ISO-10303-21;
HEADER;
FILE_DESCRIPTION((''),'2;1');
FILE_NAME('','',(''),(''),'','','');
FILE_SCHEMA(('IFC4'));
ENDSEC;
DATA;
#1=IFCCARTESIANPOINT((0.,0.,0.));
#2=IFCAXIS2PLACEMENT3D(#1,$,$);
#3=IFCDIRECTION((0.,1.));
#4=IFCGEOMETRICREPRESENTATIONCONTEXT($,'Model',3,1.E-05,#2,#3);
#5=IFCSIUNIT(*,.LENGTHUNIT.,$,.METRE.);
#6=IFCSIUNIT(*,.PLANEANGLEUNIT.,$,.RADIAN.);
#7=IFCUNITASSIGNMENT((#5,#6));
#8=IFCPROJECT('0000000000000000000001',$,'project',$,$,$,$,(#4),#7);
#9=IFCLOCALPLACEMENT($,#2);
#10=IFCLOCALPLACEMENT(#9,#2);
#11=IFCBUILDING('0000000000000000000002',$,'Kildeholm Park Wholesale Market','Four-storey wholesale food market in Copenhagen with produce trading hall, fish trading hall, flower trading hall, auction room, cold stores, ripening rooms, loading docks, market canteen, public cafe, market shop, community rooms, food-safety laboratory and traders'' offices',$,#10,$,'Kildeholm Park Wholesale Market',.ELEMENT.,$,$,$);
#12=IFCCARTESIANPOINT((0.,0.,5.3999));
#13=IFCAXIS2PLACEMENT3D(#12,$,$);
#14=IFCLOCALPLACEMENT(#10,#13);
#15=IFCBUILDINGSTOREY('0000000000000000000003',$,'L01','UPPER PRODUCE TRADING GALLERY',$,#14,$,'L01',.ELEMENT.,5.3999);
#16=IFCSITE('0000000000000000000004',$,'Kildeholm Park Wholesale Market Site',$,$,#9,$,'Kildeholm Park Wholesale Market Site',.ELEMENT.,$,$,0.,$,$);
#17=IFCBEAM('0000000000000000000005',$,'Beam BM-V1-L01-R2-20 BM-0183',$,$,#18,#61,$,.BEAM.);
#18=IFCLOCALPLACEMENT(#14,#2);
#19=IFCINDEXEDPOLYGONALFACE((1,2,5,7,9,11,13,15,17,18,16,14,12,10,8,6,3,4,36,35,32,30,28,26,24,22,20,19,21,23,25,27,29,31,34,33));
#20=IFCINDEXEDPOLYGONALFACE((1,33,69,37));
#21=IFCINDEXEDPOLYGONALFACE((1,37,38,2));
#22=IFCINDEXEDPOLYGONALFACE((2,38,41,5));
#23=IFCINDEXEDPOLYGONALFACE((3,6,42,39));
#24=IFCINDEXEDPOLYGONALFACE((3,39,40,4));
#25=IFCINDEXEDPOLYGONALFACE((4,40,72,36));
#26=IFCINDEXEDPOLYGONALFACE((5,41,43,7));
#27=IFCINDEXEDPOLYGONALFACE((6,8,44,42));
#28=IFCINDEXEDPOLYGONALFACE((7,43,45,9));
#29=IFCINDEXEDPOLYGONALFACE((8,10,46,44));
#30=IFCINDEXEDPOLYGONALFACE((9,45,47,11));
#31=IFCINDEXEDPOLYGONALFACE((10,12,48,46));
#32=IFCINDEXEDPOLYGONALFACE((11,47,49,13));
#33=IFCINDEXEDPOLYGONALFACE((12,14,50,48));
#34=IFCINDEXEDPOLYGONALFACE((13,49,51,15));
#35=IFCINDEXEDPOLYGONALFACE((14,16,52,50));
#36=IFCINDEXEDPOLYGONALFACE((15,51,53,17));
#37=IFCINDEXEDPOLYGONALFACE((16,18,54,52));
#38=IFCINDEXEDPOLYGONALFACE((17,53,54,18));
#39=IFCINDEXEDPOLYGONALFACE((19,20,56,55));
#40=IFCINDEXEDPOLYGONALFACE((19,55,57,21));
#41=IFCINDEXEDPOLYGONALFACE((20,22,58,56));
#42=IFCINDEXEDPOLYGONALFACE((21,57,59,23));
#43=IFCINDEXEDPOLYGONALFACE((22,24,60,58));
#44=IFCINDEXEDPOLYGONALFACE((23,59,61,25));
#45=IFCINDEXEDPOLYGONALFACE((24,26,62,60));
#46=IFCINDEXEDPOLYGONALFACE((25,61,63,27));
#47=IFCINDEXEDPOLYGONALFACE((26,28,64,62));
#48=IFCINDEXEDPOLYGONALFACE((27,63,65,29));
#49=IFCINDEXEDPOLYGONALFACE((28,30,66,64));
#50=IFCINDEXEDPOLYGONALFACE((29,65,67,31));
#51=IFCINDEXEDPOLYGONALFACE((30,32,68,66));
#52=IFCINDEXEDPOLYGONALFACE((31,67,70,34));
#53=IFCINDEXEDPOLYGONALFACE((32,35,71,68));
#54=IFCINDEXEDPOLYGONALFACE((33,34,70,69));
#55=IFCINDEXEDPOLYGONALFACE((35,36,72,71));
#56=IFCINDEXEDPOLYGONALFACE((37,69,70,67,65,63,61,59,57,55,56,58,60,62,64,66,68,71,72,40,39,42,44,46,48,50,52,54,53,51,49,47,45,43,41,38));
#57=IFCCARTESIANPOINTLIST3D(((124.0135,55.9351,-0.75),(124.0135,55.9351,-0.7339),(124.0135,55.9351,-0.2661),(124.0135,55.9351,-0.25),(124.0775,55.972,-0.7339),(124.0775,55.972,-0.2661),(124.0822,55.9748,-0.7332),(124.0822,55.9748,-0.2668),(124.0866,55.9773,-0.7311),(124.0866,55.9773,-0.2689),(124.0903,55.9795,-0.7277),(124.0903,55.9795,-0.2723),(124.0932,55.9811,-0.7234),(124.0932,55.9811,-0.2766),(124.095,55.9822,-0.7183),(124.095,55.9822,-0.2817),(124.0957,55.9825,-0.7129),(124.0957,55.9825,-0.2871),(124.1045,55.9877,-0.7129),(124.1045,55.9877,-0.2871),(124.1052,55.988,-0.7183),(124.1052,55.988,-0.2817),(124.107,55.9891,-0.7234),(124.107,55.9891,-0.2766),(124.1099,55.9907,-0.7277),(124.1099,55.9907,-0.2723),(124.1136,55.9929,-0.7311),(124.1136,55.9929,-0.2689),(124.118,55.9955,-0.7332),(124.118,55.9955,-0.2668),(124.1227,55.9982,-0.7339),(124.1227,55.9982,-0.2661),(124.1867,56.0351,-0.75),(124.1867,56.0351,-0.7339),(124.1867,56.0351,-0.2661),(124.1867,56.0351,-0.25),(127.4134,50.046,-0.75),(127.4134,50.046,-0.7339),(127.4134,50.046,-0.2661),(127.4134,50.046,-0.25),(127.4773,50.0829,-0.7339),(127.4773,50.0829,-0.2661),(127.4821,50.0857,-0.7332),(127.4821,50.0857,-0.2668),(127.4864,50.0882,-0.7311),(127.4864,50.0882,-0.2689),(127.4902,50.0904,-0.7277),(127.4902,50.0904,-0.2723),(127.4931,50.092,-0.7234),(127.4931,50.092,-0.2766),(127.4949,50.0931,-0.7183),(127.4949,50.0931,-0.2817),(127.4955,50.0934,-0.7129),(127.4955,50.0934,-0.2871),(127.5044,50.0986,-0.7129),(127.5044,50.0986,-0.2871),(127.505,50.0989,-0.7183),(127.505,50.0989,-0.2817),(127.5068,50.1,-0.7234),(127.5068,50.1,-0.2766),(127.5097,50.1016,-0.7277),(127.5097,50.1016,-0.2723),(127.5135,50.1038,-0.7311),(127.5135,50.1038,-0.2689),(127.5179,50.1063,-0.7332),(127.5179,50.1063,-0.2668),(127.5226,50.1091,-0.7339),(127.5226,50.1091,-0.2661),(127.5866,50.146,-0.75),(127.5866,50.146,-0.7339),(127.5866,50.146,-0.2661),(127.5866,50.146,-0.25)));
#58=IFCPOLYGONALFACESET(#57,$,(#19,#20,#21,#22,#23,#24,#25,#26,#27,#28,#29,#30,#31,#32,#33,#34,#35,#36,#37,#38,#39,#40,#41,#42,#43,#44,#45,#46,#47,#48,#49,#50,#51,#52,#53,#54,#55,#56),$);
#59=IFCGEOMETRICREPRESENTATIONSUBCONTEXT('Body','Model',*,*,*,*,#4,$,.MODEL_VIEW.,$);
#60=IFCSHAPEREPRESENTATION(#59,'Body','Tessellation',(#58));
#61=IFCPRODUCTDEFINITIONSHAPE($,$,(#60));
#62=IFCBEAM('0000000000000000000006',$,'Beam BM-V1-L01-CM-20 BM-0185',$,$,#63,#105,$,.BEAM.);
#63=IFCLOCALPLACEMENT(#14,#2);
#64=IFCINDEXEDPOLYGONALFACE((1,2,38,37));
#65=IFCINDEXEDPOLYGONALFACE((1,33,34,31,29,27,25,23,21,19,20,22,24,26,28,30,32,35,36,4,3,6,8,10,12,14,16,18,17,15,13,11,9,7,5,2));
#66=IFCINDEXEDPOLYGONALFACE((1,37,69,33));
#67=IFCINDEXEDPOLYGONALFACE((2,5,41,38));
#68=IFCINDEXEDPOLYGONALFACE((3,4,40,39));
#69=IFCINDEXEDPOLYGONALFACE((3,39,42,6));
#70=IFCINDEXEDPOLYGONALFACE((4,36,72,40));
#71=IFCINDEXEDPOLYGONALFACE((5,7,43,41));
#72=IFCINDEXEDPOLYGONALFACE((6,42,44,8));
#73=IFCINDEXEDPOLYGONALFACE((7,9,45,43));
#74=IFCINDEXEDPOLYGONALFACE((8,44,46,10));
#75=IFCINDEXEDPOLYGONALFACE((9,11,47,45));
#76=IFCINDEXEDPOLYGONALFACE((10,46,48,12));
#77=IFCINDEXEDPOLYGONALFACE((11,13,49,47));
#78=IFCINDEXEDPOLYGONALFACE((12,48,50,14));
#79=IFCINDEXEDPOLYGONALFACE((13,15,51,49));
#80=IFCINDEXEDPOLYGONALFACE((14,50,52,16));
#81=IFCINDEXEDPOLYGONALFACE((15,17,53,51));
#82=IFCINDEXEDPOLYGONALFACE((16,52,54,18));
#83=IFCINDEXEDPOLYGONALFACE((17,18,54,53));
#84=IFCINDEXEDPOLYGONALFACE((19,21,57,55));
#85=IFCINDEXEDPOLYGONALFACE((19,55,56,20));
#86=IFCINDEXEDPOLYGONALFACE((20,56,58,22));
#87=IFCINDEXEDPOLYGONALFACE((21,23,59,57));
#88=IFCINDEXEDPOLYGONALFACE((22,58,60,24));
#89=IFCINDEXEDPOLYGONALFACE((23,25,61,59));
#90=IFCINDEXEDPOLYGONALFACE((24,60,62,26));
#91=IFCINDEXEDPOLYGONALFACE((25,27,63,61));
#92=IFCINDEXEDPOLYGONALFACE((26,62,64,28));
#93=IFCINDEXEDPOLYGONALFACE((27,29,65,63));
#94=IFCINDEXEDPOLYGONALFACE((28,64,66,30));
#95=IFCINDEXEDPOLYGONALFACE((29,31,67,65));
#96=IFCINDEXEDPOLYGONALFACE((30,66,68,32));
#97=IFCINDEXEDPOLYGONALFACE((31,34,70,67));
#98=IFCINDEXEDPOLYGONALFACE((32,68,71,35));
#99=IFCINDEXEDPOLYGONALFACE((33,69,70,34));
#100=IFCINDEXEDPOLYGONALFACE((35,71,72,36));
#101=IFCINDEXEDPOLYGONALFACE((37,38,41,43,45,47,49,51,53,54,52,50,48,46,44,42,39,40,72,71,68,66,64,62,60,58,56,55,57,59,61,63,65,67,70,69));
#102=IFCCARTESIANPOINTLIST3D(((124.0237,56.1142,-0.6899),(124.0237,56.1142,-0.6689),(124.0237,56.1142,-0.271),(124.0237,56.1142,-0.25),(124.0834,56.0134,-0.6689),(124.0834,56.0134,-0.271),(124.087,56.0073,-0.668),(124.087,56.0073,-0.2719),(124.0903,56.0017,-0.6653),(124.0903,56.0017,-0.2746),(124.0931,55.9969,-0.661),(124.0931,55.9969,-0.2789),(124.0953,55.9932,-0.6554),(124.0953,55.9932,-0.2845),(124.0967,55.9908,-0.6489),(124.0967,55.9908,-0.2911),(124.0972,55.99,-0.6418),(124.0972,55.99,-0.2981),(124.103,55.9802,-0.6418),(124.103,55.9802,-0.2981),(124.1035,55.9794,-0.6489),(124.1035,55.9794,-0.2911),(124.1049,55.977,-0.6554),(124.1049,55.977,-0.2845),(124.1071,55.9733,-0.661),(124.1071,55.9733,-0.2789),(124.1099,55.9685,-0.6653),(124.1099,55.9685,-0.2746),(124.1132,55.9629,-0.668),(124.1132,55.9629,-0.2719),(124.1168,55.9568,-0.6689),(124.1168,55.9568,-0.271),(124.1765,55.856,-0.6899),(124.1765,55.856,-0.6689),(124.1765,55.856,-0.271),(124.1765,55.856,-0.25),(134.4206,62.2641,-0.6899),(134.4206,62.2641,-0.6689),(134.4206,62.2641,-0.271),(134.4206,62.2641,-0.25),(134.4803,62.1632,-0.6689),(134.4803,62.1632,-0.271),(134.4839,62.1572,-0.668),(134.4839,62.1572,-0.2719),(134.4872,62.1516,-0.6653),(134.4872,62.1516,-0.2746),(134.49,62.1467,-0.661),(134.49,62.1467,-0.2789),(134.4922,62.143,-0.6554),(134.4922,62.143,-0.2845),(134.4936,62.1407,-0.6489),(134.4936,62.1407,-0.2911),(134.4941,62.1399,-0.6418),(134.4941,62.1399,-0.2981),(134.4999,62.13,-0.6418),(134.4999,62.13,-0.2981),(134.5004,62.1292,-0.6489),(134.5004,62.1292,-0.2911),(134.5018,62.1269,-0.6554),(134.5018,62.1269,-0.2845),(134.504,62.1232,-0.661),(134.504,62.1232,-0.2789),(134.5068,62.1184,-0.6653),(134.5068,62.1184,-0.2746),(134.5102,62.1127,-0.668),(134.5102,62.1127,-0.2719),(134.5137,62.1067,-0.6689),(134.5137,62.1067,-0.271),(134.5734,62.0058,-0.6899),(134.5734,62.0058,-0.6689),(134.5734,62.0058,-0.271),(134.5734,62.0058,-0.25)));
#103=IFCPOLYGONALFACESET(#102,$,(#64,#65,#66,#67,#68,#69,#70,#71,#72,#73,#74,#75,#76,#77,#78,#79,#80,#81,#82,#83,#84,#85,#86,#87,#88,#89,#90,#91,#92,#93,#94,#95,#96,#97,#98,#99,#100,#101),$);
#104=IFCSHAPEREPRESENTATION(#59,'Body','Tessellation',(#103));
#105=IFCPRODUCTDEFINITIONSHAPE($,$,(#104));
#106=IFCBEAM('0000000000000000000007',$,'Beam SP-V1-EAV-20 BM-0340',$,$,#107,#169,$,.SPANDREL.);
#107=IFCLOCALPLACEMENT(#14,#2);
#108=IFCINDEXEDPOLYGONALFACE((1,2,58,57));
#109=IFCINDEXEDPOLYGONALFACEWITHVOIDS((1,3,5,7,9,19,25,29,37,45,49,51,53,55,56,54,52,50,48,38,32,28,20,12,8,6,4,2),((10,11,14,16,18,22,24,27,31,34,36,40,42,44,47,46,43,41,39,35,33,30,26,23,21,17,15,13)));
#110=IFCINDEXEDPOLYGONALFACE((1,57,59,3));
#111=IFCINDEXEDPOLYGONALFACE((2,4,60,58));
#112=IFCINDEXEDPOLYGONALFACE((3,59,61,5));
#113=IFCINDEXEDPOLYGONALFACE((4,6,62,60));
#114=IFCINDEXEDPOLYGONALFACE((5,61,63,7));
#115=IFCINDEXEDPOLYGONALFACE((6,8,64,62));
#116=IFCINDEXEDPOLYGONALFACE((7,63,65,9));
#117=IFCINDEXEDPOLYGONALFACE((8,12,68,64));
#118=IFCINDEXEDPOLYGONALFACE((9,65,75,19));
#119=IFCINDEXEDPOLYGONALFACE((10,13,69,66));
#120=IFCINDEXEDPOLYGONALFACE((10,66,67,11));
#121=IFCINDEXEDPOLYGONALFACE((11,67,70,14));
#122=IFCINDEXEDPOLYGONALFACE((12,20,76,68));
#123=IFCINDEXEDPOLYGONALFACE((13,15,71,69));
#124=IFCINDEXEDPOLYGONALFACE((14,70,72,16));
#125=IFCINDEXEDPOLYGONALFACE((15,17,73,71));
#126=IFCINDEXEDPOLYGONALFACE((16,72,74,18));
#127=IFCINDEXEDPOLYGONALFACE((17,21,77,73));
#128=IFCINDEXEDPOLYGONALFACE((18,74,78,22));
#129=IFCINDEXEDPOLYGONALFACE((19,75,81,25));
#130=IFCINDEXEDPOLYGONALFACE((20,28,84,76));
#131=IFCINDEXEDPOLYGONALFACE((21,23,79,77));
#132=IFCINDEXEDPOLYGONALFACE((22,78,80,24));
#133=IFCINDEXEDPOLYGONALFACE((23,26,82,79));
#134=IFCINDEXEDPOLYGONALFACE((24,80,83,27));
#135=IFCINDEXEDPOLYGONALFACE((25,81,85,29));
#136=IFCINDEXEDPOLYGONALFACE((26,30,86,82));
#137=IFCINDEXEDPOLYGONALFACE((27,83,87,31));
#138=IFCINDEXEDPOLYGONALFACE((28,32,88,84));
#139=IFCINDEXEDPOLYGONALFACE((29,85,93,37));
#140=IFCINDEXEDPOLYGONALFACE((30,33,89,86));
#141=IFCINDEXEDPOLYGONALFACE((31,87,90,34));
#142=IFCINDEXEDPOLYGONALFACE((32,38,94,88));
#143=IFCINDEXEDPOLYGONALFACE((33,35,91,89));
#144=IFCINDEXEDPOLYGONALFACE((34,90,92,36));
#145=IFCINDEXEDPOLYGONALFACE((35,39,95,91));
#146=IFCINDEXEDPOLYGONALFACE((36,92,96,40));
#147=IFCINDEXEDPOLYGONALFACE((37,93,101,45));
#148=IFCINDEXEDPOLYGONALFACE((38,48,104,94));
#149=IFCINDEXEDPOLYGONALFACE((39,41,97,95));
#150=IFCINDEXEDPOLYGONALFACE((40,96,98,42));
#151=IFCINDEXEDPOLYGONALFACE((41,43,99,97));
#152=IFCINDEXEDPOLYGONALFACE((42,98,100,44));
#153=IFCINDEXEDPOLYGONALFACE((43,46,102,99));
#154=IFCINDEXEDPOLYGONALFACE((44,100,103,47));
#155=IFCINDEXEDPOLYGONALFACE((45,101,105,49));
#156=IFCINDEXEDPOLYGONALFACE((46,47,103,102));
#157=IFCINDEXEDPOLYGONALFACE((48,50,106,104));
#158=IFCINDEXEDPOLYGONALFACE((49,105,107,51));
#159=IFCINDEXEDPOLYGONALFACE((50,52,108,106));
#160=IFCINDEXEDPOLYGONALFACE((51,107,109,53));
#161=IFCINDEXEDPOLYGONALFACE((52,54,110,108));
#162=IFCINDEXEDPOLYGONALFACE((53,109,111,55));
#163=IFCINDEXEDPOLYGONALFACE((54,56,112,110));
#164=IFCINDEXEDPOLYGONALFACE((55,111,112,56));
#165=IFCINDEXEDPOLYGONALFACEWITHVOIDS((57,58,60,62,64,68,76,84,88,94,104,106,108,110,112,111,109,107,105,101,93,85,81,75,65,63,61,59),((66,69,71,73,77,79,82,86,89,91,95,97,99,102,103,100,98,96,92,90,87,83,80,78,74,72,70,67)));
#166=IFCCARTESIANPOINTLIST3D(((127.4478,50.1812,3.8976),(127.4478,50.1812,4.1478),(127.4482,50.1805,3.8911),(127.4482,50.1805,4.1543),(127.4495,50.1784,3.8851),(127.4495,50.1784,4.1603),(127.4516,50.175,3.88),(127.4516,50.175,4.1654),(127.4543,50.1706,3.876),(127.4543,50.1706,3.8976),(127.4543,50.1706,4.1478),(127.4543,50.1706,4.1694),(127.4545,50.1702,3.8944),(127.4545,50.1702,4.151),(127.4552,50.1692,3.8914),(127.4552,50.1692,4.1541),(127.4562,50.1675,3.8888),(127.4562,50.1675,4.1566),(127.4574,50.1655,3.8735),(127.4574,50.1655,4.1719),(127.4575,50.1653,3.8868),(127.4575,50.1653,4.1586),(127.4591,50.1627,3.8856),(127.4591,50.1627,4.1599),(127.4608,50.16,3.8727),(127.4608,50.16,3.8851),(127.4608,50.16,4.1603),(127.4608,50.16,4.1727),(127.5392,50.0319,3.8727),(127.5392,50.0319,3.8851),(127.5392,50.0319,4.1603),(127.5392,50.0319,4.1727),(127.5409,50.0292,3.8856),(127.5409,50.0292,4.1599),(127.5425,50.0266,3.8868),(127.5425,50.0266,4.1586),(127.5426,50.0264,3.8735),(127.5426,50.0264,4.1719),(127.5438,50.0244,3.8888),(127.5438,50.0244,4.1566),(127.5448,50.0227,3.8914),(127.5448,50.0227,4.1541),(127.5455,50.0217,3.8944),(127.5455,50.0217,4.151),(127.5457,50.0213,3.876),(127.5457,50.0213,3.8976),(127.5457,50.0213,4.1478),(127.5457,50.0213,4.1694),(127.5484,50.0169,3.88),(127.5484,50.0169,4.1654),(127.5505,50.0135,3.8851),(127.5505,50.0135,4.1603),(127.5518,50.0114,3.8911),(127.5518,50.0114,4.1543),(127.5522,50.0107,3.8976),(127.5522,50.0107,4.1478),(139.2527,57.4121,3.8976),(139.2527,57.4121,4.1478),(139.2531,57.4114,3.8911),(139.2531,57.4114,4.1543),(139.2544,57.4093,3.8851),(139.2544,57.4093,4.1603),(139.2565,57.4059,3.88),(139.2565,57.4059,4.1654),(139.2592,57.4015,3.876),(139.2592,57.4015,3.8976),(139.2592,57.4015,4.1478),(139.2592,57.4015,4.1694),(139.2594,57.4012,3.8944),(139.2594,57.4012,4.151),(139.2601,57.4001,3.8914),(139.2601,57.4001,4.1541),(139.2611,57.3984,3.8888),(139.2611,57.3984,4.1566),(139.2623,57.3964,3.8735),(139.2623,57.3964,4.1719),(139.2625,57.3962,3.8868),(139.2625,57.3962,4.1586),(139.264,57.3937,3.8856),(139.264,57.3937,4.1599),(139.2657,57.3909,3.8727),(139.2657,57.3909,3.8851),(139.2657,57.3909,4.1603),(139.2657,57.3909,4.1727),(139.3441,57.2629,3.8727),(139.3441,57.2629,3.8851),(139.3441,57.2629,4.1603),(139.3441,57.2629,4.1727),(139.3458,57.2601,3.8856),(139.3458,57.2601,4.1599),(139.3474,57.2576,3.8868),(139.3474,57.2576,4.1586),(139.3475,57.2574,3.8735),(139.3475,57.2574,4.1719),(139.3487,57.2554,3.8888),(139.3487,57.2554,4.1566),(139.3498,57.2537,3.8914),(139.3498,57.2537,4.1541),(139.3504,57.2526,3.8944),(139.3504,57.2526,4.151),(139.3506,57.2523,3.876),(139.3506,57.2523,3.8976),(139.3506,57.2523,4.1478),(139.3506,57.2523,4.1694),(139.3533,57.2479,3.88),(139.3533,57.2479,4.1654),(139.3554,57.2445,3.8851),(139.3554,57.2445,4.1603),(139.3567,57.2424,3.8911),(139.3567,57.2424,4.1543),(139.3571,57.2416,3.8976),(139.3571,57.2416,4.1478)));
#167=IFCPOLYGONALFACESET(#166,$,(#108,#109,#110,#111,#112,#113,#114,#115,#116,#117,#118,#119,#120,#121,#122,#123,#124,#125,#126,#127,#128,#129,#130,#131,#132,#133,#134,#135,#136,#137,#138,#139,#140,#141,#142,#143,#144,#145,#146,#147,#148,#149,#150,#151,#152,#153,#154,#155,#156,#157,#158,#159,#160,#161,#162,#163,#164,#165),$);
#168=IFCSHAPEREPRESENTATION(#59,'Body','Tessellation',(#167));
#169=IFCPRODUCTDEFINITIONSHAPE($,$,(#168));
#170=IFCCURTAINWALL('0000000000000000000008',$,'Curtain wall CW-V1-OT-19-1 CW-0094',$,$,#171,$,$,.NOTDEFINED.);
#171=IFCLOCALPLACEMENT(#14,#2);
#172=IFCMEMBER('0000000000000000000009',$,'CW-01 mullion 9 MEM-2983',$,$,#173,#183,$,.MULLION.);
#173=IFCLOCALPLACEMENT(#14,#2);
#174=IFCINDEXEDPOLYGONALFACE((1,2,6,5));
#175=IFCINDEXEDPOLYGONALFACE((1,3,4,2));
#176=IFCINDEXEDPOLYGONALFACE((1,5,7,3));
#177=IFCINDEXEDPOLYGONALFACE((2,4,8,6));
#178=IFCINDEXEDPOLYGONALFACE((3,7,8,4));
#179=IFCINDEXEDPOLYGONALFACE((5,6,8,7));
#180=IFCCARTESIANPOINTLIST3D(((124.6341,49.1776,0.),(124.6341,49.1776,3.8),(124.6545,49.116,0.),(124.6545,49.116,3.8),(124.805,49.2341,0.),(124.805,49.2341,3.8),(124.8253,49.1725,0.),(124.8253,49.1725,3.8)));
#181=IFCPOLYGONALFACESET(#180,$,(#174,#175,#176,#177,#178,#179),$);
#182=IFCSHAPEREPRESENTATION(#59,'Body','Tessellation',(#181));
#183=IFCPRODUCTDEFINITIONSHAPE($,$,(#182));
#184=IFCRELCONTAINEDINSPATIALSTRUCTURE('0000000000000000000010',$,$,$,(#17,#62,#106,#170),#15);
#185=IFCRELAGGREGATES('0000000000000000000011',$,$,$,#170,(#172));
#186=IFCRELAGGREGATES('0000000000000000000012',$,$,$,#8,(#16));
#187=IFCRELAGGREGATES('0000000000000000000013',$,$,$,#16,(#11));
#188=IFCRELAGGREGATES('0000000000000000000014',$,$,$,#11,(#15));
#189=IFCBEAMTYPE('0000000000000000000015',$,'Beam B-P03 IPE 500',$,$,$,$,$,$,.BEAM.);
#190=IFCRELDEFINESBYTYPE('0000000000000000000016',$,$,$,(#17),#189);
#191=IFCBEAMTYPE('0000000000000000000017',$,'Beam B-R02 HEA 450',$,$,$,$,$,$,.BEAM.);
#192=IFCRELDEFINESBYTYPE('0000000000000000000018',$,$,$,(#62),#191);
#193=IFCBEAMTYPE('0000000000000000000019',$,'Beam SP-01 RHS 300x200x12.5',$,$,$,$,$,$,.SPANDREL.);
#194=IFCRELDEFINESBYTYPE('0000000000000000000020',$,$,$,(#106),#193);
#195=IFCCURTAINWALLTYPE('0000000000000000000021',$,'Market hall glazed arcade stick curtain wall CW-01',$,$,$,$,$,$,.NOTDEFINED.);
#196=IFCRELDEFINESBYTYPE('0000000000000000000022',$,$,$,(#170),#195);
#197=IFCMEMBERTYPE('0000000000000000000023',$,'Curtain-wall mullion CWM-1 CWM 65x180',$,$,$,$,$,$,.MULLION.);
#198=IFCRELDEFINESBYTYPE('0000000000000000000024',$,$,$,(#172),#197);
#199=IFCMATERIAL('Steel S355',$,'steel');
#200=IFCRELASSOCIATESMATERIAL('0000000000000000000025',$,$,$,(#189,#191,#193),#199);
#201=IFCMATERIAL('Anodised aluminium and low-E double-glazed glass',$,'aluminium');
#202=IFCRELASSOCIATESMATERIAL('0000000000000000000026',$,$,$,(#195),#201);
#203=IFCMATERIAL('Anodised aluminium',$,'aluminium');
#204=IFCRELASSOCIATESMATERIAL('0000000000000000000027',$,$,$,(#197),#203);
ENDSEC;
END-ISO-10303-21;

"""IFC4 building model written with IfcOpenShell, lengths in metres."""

from ifc_helpers import new_model, si_unit, direction, frame, origin, origin_2d, place, context, subcontext, project, spatial, rectangle, hollow_rectangle, i_section, extrude, material, material_profile, profile_set, type_object, element, aggregate, save


model = new_model("IFC4")

# Units and contexts
model_context = context("Model", 3, precision=1e-05, world=origin(), true_north=direction((0.0, 1.0)))
body_context = subcontext(model_context, "Body", "Model", "MODEL_VIEW")
ifc_project = project(units=[si_unit("LENGTHUNIT", "METRE"), si_unit("PLANEANGLEUNIT", "RADIAN")], contexts=[model_context])

# Site, building, storey
site_placement = place(None, origin())
site = spatial("IfcSite", under=ifc_project, at=site_placement, Name="Kildeholm Park Wholesale Market Site", LongName="Kildeholm Park Wholesale Market Site", CompositionType="ELEMENT", RefElevation=0.0)
building_placement = place(site_placement, origin())
building = spatial("IfcBuilding", under=site, at=building_placement, Name="Kildeholm Park Wholesale Market", Description="Four-storey wholesale food market in Copenhagen with produce trading hall, fish trading hall, flower trading hall, auction room, cold stores, ripening rooms, loading docks, market canteen, public cafe, market shop, community rooms, food-safety laboratory and traders' offices", LongName="Kildeholm Park Wholesale Market", CompositionType="ELEMENT")
storey_placement = place(building_placement, frame((0.0, 0.0, 5.3999)))
storey = spatial("IfcBuildingStorey", under=building, at=storey_placement, Name="L01", Description="UPPER PRODUCE TRADING GALLERY", LongName="L01", CompositionType="ELEMENT", Elevation=5.3999)

# Shared definitions
ifc_material_1 = material(Name="Steel S355", Category="steel")

# Beams
ifc_material_profile_1 = material_profile(ifc_material_1, i_section(OverallWidth=0.2, OverallDepth=0.5, WebThickness=0.0103, FlangeThickness=0.0161, FilletRadius=0.021, at=origin_2d()), Name="IPE 500")
ifc_profile_set_1 = profile_set([ifc_material_profile_1], Name="Steel S355")
beam_type_1 = type_object("IfcBeamType", Name="Beam B-P03 IPE 500", PredefinedType="BEAM", material=ifc_profile_set_1)
beam_1_placement = place(storey_placement, frame((124.1001, 55.9851, -0.5), z_axis=(0.499977, -0.866039, 0.0), x_axis=(0.866039, 0.499977, 0.0)))
element("IfcBeam", 1, at=beam_1_placement, inside=storey, type_object=beam_type_1, Name="Beam BM-V1-L01-R2-20 BM-0183", PredefinedType="BEAM", context=body_context, shape_type="SweptSolid", body=[
    extrude(i_section(OverallWidth=0.2, OverallDepth=0.5, WebThickness=0.0103, FlangeThickness=0.0161, FilletRadius=0.021, at=origin_2d()), origin(), (0.0, 0.0, 1.0), 6.8),
])
ifc_material_profile_2 = material_profile(ifc_material_1, i_section(OverallWidth=0.3, OverallDepth=0.4399, WebThickness=0.0115, FlangeThickness=0.021, FilletRadius=0.0271, at=origin_2d()), Name="HEA 450")
ifc_profile_set_2 = profile_set([ifc_material_profile_2], Name="Steel S355")
beam_type_2 = type_object("IfcBeamType", Name="Beam B-R02 HEA 450", PredefinedType="BEAM", material=ifc_profile_set_2)
beam_2_placement = place(storey_placement, frame((124.1001, 55.9851, -0.47), z_axis=(0.8607, 0.509112, 0.0), x_axis=(-0.509112, 0.8607, 0.0)))
element("IfcBeam", 2, at=beam_2_placement, inside=storey, type_object=beam_type_2, Name="Beam BM-V1-L01-CM-20 BM-0185", PredefinedType="BEAM", context=body_context, shape_type="SweptSolid", body=[
    extrude(i_section(OverallWidth=0.3, OverallDepth=0.4399, WebThickness=0.0115, FlangeThickness=0.021, FilletRadius=0.0271, at=origin_2d()), origin(), (0.0, 0.0, 1.0), 12.0796),
])
ifc_material_profile_3 = material_profile(ifc_material_1, hollow_rectangle(XDim=0.2, YDim=0.3, WallThickness=0.0125, InnerFilletRadius=0.0125, OuterFilletRadius=0.0249, at=origin_2d()), Name="RHS 300x200x12.5")
ifc_profile_set_3 = profile_set([ifc_material_profile_3], Name="Steel S355")
beam_type_3 = type_object("IfcBeamType", Name="Beam SP-01 RHS 300x200x12.5", PredefinedType="SPANDREL", material=ifc_profile_set_3)
beam_3_placement = place(storey_placement, frame((127.5, 50.0959, 4.0227), z_axis=(0.85274, 0.522335, 0.0), x_axis=(-0.522335, 0.85274, 0.0)))
element("IfcBeam", 3, at=beam_3_placement, inside=storey, type_object=beam_type_3, Name="Beam SP-V1-EAV-20 BM-0340", PredefinedType="SPANDREL", context=body_context, shape_type="SweptSolid", body=[
    extrude(hollow_rectangle(XDim=0.2, YDim=0.3, WallThickness=0.0125, InnerFilletRadius=0.0125, OuterFilletRadius=0.0249, at=origin_2d()), origin(), (0.0, 0.0, 1.0), 13.8435),
])

# Curtain wall, member
ifc_material_2 = material(Name="Anodised aluminium and low-E double-glazed glass", Category="aluminium")
curtain_wall_type = type_object("IfcCurtainWallType", Name="Market hall glazed arcade stick curtain wall CW-01", PredefinedType="NOTDEFINED", material=ifc_material_2)
curtain_wall_1_placement = place(storey_placement, origin())
curtain_wall_1 = element("IfcCurtainWall", 4, at=curtain_wall_1_placement, inside=storey, type_object=curtain_wall_type, Name="Curtain wall CW-V1-OT-19-1 CW-0094", PredefinedType="NOTDEFINED")
ifc_material_3 = material(Name="Anodised aluminium", Category="aluminium")
ifc_material_profile_4 = material_profile(ifc_material_3, rectangle(XDim=0.0649, YDim=0.1799, at=origin_2d()), Name="CWM 65x180")
ifc_profile_set_4 = profile_set([ifc_material_profile_4], Name="Anodised aluminium")
member_type_1 = type_object("IfcMemberType", Name="Curtain-wall mullion CWM-1 CWM 65x180", PredefinedType="MULLION", material=ifc_profile_set_4)
member_1_placement = place(storey_placement, frame((124.7297, 49.175, 0.0), z_axis=(0.0, 0.0, 1.0), x_axis=(-0.313914, 0.949451, 0.0)))
member_1 = element("IfcMember", 5, at=member_1_placement, type_object=member_type_1, Name="CW-01 mullion 9 MEM-2983", PredefinedType="MULLION", context=body_context, shape_type="SweptSolid", body=[
    extrude(rectangle(XDim=0.0649, YDim=0.1799, at=origin_2d()), origin(), (0.0, 0.0, 1.0), 3.8),
])

aggregate(curtain_wall_1, [member_1])

save(model, "model.ifc")
